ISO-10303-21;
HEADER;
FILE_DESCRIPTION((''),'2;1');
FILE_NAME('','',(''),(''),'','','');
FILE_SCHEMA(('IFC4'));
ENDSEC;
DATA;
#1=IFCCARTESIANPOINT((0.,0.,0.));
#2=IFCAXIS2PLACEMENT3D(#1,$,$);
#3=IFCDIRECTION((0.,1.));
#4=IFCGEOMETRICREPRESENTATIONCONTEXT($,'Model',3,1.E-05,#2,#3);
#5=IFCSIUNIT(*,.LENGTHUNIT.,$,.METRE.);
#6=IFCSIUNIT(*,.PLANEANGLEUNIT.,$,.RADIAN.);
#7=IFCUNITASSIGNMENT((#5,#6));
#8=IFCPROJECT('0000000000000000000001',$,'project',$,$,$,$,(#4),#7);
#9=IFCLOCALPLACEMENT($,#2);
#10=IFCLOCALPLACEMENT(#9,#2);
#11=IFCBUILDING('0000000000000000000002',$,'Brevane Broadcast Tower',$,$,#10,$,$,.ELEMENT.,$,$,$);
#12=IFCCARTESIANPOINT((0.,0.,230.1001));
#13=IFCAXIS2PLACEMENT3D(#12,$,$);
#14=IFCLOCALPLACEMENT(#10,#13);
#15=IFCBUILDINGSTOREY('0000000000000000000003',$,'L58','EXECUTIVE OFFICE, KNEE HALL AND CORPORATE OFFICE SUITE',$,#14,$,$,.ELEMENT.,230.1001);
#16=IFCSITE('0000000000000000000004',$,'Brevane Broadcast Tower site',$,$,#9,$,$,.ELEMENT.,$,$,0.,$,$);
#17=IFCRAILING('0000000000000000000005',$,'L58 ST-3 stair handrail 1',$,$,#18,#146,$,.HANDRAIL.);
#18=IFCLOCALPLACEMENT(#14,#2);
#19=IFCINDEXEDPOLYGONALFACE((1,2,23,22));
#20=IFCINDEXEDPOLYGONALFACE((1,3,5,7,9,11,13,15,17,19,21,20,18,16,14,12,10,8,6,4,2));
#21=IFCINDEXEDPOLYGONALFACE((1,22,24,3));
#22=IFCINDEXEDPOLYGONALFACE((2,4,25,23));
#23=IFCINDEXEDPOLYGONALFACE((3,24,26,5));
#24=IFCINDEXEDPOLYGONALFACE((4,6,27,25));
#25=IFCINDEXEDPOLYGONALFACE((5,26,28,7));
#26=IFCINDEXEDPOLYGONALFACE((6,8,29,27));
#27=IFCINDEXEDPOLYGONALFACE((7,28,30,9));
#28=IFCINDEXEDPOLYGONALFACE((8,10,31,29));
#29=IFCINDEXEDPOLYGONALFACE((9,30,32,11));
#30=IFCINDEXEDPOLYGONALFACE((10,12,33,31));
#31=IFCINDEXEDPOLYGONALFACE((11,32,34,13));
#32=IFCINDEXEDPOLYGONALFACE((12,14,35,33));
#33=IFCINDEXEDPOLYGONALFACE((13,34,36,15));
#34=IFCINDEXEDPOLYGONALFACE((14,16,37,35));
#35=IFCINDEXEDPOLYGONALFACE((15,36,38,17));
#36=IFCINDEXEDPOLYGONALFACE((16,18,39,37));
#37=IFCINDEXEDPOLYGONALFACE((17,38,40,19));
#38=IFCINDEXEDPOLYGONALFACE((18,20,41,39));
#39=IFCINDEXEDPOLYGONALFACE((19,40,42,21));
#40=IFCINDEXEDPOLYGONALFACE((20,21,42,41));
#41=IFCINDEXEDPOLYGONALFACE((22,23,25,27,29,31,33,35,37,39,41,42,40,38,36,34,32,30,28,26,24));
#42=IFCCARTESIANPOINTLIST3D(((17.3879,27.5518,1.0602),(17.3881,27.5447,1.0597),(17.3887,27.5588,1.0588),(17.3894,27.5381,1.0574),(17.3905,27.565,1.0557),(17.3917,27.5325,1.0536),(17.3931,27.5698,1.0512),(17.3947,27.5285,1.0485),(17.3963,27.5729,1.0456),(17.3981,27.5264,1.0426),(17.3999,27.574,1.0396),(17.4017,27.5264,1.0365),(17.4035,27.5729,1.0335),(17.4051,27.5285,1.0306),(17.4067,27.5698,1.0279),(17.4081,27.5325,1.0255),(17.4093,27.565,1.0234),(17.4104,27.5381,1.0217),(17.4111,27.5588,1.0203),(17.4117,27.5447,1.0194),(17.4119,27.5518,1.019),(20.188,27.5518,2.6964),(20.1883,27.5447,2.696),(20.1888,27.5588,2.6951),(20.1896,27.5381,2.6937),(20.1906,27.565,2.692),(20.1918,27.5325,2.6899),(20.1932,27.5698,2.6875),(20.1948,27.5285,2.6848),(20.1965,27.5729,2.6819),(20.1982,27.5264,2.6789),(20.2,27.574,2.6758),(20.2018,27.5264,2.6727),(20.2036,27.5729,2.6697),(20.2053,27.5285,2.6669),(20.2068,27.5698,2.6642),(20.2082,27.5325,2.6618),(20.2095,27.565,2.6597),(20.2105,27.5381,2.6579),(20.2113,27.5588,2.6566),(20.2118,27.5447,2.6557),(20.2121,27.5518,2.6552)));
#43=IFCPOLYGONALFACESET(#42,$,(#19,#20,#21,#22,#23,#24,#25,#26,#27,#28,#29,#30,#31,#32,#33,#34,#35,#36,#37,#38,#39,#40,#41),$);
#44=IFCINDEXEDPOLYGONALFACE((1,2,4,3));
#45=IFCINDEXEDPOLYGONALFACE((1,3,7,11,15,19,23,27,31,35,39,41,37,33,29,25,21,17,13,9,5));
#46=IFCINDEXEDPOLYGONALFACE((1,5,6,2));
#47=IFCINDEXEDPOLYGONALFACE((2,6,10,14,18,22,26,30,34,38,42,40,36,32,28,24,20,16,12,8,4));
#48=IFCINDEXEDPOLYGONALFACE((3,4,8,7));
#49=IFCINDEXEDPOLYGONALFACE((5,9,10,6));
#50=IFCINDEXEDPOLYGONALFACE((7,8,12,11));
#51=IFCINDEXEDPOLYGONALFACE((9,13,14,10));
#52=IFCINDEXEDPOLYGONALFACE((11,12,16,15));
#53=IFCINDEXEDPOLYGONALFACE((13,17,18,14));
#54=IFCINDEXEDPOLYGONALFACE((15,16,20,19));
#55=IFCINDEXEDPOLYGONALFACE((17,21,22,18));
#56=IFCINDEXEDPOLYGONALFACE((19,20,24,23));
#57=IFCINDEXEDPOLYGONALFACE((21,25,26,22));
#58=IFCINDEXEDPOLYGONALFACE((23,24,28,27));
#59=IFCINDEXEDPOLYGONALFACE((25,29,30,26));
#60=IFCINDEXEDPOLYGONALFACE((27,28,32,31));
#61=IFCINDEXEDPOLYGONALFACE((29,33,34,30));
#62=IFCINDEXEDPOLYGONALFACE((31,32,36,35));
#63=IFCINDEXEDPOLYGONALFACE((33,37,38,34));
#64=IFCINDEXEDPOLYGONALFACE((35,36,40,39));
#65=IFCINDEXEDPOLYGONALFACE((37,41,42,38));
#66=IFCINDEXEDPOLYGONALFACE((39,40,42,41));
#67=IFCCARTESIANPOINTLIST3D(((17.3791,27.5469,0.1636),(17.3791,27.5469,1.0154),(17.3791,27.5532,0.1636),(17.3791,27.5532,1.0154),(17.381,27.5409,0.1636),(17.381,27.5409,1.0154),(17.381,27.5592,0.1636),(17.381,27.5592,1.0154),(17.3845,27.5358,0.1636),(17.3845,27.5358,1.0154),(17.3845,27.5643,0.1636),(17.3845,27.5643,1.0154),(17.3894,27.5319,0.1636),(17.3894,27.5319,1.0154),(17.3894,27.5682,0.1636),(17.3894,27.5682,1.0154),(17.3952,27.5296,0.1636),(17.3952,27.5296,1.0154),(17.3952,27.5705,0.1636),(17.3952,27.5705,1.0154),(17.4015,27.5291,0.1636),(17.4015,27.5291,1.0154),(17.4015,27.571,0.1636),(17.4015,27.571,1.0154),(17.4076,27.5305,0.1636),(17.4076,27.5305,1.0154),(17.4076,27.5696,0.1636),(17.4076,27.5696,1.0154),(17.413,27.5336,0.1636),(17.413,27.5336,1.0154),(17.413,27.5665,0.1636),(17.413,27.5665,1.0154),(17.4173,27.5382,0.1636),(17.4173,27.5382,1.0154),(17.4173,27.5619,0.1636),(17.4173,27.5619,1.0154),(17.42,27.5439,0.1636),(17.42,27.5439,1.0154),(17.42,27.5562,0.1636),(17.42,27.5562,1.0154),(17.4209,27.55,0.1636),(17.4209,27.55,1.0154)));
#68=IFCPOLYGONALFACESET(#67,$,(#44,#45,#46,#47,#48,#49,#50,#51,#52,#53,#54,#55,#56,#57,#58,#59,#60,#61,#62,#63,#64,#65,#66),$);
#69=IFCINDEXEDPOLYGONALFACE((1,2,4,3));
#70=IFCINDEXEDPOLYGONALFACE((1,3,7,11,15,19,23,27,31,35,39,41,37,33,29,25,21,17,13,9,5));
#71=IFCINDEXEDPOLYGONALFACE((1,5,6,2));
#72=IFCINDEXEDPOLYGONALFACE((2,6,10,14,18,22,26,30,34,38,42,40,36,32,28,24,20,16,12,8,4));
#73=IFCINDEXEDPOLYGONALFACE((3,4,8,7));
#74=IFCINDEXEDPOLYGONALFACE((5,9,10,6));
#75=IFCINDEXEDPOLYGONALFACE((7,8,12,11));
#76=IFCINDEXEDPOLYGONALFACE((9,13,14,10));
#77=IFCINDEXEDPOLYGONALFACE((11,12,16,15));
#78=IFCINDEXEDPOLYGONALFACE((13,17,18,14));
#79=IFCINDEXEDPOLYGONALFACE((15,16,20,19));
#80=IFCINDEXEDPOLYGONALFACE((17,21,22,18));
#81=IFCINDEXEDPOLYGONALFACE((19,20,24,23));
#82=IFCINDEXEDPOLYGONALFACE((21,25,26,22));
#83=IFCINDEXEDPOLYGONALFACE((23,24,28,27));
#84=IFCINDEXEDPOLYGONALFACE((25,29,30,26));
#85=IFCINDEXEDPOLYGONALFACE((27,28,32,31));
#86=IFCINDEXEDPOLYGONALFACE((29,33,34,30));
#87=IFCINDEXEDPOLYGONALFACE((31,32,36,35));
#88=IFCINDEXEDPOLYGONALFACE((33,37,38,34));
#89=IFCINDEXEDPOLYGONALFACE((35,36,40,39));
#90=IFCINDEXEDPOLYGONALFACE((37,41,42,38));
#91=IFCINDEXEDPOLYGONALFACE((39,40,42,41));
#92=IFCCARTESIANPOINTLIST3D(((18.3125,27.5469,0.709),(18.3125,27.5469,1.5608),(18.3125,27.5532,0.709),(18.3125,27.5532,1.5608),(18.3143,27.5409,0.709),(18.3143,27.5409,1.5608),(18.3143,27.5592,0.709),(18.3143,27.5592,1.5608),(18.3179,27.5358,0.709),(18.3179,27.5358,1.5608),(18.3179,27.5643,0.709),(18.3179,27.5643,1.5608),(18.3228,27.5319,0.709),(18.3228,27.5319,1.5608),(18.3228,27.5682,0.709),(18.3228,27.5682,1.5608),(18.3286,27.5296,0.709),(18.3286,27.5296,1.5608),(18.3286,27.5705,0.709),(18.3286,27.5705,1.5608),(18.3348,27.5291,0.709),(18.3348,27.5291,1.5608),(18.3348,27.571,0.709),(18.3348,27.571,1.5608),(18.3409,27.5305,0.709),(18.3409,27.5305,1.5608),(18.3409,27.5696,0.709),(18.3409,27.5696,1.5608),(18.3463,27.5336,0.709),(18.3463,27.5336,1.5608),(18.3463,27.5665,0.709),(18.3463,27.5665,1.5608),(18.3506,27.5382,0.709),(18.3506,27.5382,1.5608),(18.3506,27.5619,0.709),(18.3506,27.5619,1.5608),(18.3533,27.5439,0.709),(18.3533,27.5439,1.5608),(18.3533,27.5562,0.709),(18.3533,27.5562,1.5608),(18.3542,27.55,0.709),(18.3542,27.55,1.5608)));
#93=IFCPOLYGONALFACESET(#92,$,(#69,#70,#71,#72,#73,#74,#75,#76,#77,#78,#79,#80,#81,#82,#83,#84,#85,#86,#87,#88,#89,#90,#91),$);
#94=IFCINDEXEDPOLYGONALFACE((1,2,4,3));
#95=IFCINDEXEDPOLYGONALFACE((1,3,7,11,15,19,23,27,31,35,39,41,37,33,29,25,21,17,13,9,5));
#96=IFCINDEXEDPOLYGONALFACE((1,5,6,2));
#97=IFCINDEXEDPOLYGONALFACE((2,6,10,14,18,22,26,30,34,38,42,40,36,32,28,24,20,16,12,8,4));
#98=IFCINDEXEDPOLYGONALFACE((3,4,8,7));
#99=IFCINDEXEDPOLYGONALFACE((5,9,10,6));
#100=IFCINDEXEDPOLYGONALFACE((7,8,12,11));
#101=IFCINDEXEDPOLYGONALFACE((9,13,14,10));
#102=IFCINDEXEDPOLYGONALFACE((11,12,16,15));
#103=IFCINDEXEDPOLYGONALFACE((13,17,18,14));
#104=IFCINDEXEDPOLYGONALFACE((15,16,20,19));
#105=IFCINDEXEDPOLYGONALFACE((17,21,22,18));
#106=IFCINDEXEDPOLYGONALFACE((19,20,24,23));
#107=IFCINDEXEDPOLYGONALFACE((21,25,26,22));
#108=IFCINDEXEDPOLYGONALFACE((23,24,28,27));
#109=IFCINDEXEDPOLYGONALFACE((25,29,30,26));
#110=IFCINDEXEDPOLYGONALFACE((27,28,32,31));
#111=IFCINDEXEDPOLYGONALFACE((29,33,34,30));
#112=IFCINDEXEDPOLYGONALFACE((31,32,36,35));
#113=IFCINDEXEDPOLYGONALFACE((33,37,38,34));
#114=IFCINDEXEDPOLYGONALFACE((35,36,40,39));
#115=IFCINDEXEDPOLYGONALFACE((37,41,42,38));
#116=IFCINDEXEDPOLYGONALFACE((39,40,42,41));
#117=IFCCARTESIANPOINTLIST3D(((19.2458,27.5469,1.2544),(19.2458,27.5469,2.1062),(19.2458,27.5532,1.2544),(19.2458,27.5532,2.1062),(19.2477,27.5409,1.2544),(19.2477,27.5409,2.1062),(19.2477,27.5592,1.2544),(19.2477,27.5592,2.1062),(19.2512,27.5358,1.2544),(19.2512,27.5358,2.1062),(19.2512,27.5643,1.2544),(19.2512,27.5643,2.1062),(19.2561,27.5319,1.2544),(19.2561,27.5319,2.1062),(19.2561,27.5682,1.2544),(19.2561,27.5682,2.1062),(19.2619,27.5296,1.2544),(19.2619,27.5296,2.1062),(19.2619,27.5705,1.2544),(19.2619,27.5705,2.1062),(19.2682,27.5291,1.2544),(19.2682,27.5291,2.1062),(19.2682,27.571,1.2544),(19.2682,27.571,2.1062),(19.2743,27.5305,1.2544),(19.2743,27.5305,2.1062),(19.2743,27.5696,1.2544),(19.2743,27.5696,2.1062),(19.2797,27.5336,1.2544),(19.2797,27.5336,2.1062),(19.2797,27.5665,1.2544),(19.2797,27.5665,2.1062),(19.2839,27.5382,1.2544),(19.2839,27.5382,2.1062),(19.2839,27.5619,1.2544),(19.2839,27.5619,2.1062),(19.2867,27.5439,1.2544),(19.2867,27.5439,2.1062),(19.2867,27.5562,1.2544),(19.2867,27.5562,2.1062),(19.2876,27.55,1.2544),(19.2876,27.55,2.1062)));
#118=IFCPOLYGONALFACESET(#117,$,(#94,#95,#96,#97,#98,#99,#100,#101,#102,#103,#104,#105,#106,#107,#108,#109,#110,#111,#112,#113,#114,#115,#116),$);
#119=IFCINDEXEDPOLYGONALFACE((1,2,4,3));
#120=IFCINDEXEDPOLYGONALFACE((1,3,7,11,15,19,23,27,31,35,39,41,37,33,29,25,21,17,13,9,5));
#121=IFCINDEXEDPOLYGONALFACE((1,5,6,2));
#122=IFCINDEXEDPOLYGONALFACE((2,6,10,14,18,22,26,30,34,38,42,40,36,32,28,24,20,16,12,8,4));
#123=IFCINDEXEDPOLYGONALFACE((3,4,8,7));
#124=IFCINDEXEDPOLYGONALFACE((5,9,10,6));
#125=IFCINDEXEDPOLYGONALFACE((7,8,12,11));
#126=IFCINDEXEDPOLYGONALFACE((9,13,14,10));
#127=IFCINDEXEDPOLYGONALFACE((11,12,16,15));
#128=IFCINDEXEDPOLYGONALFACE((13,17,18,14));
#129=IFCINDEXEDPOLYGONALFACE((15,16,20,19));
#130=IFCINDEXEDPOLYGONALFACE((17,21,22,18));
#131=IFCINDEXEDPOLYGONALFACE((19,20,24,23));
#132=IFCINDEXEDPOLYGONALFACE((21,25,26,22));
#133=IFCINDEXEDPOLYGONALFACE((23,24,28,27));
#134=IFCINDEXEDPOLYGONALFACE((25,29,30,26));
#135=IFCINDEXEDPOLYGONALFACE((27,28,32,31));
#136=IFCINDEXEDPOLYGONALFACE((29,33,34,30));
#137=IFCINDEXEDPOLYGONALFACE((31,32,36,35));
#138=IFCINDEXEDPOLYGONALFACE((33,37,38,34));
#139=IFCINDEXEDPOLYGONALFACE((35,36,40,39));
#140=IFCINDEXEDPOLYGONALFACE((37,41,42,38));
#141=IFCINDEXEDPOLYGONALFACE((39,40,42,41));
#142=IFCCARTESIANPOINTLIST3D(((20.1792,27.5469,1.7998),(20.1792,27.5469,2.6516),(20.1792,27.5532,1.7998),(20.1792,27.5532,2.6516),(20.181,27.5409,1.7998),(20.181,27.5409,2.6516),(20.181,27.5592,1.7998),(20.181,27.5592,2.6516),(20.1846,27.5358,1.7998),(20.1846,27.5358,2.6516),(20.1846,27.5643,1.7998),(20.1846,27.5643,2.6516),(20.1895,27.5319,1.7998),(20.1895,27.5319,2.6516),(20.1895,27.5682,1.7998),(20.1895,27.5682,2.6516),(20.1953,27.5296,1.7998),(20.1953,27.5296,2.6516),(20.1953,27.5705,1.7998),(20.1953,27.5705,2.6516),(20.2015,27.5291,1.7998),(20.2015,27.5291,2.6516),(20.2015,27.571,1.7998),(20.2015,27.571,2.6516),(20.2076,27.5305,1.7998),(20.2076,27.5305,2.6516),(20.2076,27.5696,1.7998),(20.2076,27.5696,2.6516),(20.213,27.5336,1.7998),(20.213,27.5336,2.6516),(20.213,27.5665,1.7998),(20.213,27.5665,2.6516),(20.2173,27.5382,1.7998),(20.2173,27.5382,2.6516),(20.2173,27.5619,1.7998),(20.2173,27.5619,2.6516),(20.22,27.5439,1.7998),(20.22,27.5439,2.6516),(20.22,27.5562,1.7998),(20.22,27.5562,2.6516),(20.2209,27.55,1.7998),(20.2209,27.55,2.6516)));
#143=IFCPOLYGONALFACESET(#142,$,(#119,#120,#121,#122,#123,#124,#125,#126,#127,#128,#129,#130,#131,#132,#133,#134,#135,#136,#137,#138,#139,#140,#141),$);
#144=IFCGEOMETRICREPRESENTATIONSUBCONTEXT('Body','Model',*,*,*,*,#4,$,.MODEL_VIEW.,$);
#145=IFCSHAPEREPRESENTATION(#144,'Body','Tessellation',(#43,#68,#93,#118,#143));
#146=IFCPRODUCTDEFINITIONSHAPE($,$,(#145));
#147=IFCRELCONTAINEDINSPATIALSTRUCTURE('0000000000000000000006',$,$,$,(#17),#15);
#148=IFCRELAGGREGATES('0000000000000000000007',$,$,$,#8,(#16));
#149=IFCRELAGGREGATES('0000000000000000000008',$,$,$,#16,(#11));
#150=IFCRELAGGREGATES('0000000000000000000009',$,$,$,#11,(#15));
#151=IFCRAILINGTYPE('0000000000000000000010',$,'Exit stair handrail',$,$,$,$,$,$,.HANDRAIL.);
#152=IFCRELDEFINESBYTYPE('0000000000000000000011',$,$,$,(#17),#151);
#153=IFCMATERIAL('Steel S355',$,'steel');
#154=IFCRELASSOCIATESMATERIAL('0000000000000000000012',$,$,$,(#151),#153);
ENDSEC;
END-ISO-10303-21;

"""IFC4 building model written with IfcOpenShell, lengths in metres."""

from ifc_helpers import new_model, si_unit, direction, frame, origin, origin_2d, place, context, subcontext, project, spatial, circle, extrude, material, type_object, element, save


model = new_model("IFC4")

# Units and contexts
model_context = context("Model", 3, precision=1e-05, world=origin(), true_north=direction((0.0, 1.0)))
body_context = subcontext(model_context, "Body", "Model", "MODEL_VIEW")
ifc_project = project(units=[si_unit("LENGTHUNIT", "METRE"), si_unit("PLANEANGLEUNIT", "RADIAN")], contexts=[model_context])

# Site, building, storey
site_placement = place(None, origin())
site = spatial("IfcSite", under=ifc_project, at=site_placement, Name="Brevane Broadcast Tower site", CompositionType="ELEMENT", RefElevation=0.0)
building_placement = place(site_placement, origin())
building = spatial("IfcBuilding", under=site, at=building_placement, Name="Brevane Broadcast Tower", CompositionType="ELEMENT")
storey_placement = place(building_placement, frame((0.0, 0.0, 230.1001)))
storey = spatial("IfcBuildingStorey", under=building, at=storey_placement, Name="L58", Description="EXECUTIVE OFFICE, KNEE HALL AND CORPORATE OFFICE SUITE", CompositionType="ELEMENT", Elevation=230.1001)

# Railing
ifc_material_1 = material(Name="Steel S355", Category="steel")
railing_type_1 = type_object("IfcRailingType", Name="Exit stair handrail", PredefinedType="HANDRAIL", material=ifc_material_1)
railing_1_placement = place(storey_placement, frame((17.3999, 27.55, 0.1636)))
element("IfcRailing", 1, at=railing_1_placement, inside=storey, type_object=railing_type_1, Name="L58 ST-3 stair handrail 1", PredefinedType="HANDRAIL", context=body_context, shape_type="SweptSolid", body=[
    extrude(circle(Radius=0.0239, at=origin_2d()), frame((0.0, 0.0, 0.876), z_axis=(0.863394, 0.0, 0.504531), x_axis=(0.0, 1.0, 0.0)), (0.0, 0.0, 1.0), 3.2432),
    extrude(circle(Radius=0.021, at=origin_2d()), origin(), (0.0, 0.0, 1.0), 0.8518),
    extrude(circle(Radius=0.021, at=origin_2d()), frame((0.9333, 0.0, 0.5454)), (0.0, 0.0, 1.0), 0.8518),
    extrude(circle(Radius=0.021, at=origin_2d()), frame((1.8667, 0.0, 1.0908)), (0.0, 0.0, 1.0), 0.8518),
    extrude(circle(Radius=0.021, at=origin_2d()), frame((2.8, 0.0, 1.6362)), (0.0, 0.0, 1.0), 0.8518),
])

save(model, "model.ifc")
